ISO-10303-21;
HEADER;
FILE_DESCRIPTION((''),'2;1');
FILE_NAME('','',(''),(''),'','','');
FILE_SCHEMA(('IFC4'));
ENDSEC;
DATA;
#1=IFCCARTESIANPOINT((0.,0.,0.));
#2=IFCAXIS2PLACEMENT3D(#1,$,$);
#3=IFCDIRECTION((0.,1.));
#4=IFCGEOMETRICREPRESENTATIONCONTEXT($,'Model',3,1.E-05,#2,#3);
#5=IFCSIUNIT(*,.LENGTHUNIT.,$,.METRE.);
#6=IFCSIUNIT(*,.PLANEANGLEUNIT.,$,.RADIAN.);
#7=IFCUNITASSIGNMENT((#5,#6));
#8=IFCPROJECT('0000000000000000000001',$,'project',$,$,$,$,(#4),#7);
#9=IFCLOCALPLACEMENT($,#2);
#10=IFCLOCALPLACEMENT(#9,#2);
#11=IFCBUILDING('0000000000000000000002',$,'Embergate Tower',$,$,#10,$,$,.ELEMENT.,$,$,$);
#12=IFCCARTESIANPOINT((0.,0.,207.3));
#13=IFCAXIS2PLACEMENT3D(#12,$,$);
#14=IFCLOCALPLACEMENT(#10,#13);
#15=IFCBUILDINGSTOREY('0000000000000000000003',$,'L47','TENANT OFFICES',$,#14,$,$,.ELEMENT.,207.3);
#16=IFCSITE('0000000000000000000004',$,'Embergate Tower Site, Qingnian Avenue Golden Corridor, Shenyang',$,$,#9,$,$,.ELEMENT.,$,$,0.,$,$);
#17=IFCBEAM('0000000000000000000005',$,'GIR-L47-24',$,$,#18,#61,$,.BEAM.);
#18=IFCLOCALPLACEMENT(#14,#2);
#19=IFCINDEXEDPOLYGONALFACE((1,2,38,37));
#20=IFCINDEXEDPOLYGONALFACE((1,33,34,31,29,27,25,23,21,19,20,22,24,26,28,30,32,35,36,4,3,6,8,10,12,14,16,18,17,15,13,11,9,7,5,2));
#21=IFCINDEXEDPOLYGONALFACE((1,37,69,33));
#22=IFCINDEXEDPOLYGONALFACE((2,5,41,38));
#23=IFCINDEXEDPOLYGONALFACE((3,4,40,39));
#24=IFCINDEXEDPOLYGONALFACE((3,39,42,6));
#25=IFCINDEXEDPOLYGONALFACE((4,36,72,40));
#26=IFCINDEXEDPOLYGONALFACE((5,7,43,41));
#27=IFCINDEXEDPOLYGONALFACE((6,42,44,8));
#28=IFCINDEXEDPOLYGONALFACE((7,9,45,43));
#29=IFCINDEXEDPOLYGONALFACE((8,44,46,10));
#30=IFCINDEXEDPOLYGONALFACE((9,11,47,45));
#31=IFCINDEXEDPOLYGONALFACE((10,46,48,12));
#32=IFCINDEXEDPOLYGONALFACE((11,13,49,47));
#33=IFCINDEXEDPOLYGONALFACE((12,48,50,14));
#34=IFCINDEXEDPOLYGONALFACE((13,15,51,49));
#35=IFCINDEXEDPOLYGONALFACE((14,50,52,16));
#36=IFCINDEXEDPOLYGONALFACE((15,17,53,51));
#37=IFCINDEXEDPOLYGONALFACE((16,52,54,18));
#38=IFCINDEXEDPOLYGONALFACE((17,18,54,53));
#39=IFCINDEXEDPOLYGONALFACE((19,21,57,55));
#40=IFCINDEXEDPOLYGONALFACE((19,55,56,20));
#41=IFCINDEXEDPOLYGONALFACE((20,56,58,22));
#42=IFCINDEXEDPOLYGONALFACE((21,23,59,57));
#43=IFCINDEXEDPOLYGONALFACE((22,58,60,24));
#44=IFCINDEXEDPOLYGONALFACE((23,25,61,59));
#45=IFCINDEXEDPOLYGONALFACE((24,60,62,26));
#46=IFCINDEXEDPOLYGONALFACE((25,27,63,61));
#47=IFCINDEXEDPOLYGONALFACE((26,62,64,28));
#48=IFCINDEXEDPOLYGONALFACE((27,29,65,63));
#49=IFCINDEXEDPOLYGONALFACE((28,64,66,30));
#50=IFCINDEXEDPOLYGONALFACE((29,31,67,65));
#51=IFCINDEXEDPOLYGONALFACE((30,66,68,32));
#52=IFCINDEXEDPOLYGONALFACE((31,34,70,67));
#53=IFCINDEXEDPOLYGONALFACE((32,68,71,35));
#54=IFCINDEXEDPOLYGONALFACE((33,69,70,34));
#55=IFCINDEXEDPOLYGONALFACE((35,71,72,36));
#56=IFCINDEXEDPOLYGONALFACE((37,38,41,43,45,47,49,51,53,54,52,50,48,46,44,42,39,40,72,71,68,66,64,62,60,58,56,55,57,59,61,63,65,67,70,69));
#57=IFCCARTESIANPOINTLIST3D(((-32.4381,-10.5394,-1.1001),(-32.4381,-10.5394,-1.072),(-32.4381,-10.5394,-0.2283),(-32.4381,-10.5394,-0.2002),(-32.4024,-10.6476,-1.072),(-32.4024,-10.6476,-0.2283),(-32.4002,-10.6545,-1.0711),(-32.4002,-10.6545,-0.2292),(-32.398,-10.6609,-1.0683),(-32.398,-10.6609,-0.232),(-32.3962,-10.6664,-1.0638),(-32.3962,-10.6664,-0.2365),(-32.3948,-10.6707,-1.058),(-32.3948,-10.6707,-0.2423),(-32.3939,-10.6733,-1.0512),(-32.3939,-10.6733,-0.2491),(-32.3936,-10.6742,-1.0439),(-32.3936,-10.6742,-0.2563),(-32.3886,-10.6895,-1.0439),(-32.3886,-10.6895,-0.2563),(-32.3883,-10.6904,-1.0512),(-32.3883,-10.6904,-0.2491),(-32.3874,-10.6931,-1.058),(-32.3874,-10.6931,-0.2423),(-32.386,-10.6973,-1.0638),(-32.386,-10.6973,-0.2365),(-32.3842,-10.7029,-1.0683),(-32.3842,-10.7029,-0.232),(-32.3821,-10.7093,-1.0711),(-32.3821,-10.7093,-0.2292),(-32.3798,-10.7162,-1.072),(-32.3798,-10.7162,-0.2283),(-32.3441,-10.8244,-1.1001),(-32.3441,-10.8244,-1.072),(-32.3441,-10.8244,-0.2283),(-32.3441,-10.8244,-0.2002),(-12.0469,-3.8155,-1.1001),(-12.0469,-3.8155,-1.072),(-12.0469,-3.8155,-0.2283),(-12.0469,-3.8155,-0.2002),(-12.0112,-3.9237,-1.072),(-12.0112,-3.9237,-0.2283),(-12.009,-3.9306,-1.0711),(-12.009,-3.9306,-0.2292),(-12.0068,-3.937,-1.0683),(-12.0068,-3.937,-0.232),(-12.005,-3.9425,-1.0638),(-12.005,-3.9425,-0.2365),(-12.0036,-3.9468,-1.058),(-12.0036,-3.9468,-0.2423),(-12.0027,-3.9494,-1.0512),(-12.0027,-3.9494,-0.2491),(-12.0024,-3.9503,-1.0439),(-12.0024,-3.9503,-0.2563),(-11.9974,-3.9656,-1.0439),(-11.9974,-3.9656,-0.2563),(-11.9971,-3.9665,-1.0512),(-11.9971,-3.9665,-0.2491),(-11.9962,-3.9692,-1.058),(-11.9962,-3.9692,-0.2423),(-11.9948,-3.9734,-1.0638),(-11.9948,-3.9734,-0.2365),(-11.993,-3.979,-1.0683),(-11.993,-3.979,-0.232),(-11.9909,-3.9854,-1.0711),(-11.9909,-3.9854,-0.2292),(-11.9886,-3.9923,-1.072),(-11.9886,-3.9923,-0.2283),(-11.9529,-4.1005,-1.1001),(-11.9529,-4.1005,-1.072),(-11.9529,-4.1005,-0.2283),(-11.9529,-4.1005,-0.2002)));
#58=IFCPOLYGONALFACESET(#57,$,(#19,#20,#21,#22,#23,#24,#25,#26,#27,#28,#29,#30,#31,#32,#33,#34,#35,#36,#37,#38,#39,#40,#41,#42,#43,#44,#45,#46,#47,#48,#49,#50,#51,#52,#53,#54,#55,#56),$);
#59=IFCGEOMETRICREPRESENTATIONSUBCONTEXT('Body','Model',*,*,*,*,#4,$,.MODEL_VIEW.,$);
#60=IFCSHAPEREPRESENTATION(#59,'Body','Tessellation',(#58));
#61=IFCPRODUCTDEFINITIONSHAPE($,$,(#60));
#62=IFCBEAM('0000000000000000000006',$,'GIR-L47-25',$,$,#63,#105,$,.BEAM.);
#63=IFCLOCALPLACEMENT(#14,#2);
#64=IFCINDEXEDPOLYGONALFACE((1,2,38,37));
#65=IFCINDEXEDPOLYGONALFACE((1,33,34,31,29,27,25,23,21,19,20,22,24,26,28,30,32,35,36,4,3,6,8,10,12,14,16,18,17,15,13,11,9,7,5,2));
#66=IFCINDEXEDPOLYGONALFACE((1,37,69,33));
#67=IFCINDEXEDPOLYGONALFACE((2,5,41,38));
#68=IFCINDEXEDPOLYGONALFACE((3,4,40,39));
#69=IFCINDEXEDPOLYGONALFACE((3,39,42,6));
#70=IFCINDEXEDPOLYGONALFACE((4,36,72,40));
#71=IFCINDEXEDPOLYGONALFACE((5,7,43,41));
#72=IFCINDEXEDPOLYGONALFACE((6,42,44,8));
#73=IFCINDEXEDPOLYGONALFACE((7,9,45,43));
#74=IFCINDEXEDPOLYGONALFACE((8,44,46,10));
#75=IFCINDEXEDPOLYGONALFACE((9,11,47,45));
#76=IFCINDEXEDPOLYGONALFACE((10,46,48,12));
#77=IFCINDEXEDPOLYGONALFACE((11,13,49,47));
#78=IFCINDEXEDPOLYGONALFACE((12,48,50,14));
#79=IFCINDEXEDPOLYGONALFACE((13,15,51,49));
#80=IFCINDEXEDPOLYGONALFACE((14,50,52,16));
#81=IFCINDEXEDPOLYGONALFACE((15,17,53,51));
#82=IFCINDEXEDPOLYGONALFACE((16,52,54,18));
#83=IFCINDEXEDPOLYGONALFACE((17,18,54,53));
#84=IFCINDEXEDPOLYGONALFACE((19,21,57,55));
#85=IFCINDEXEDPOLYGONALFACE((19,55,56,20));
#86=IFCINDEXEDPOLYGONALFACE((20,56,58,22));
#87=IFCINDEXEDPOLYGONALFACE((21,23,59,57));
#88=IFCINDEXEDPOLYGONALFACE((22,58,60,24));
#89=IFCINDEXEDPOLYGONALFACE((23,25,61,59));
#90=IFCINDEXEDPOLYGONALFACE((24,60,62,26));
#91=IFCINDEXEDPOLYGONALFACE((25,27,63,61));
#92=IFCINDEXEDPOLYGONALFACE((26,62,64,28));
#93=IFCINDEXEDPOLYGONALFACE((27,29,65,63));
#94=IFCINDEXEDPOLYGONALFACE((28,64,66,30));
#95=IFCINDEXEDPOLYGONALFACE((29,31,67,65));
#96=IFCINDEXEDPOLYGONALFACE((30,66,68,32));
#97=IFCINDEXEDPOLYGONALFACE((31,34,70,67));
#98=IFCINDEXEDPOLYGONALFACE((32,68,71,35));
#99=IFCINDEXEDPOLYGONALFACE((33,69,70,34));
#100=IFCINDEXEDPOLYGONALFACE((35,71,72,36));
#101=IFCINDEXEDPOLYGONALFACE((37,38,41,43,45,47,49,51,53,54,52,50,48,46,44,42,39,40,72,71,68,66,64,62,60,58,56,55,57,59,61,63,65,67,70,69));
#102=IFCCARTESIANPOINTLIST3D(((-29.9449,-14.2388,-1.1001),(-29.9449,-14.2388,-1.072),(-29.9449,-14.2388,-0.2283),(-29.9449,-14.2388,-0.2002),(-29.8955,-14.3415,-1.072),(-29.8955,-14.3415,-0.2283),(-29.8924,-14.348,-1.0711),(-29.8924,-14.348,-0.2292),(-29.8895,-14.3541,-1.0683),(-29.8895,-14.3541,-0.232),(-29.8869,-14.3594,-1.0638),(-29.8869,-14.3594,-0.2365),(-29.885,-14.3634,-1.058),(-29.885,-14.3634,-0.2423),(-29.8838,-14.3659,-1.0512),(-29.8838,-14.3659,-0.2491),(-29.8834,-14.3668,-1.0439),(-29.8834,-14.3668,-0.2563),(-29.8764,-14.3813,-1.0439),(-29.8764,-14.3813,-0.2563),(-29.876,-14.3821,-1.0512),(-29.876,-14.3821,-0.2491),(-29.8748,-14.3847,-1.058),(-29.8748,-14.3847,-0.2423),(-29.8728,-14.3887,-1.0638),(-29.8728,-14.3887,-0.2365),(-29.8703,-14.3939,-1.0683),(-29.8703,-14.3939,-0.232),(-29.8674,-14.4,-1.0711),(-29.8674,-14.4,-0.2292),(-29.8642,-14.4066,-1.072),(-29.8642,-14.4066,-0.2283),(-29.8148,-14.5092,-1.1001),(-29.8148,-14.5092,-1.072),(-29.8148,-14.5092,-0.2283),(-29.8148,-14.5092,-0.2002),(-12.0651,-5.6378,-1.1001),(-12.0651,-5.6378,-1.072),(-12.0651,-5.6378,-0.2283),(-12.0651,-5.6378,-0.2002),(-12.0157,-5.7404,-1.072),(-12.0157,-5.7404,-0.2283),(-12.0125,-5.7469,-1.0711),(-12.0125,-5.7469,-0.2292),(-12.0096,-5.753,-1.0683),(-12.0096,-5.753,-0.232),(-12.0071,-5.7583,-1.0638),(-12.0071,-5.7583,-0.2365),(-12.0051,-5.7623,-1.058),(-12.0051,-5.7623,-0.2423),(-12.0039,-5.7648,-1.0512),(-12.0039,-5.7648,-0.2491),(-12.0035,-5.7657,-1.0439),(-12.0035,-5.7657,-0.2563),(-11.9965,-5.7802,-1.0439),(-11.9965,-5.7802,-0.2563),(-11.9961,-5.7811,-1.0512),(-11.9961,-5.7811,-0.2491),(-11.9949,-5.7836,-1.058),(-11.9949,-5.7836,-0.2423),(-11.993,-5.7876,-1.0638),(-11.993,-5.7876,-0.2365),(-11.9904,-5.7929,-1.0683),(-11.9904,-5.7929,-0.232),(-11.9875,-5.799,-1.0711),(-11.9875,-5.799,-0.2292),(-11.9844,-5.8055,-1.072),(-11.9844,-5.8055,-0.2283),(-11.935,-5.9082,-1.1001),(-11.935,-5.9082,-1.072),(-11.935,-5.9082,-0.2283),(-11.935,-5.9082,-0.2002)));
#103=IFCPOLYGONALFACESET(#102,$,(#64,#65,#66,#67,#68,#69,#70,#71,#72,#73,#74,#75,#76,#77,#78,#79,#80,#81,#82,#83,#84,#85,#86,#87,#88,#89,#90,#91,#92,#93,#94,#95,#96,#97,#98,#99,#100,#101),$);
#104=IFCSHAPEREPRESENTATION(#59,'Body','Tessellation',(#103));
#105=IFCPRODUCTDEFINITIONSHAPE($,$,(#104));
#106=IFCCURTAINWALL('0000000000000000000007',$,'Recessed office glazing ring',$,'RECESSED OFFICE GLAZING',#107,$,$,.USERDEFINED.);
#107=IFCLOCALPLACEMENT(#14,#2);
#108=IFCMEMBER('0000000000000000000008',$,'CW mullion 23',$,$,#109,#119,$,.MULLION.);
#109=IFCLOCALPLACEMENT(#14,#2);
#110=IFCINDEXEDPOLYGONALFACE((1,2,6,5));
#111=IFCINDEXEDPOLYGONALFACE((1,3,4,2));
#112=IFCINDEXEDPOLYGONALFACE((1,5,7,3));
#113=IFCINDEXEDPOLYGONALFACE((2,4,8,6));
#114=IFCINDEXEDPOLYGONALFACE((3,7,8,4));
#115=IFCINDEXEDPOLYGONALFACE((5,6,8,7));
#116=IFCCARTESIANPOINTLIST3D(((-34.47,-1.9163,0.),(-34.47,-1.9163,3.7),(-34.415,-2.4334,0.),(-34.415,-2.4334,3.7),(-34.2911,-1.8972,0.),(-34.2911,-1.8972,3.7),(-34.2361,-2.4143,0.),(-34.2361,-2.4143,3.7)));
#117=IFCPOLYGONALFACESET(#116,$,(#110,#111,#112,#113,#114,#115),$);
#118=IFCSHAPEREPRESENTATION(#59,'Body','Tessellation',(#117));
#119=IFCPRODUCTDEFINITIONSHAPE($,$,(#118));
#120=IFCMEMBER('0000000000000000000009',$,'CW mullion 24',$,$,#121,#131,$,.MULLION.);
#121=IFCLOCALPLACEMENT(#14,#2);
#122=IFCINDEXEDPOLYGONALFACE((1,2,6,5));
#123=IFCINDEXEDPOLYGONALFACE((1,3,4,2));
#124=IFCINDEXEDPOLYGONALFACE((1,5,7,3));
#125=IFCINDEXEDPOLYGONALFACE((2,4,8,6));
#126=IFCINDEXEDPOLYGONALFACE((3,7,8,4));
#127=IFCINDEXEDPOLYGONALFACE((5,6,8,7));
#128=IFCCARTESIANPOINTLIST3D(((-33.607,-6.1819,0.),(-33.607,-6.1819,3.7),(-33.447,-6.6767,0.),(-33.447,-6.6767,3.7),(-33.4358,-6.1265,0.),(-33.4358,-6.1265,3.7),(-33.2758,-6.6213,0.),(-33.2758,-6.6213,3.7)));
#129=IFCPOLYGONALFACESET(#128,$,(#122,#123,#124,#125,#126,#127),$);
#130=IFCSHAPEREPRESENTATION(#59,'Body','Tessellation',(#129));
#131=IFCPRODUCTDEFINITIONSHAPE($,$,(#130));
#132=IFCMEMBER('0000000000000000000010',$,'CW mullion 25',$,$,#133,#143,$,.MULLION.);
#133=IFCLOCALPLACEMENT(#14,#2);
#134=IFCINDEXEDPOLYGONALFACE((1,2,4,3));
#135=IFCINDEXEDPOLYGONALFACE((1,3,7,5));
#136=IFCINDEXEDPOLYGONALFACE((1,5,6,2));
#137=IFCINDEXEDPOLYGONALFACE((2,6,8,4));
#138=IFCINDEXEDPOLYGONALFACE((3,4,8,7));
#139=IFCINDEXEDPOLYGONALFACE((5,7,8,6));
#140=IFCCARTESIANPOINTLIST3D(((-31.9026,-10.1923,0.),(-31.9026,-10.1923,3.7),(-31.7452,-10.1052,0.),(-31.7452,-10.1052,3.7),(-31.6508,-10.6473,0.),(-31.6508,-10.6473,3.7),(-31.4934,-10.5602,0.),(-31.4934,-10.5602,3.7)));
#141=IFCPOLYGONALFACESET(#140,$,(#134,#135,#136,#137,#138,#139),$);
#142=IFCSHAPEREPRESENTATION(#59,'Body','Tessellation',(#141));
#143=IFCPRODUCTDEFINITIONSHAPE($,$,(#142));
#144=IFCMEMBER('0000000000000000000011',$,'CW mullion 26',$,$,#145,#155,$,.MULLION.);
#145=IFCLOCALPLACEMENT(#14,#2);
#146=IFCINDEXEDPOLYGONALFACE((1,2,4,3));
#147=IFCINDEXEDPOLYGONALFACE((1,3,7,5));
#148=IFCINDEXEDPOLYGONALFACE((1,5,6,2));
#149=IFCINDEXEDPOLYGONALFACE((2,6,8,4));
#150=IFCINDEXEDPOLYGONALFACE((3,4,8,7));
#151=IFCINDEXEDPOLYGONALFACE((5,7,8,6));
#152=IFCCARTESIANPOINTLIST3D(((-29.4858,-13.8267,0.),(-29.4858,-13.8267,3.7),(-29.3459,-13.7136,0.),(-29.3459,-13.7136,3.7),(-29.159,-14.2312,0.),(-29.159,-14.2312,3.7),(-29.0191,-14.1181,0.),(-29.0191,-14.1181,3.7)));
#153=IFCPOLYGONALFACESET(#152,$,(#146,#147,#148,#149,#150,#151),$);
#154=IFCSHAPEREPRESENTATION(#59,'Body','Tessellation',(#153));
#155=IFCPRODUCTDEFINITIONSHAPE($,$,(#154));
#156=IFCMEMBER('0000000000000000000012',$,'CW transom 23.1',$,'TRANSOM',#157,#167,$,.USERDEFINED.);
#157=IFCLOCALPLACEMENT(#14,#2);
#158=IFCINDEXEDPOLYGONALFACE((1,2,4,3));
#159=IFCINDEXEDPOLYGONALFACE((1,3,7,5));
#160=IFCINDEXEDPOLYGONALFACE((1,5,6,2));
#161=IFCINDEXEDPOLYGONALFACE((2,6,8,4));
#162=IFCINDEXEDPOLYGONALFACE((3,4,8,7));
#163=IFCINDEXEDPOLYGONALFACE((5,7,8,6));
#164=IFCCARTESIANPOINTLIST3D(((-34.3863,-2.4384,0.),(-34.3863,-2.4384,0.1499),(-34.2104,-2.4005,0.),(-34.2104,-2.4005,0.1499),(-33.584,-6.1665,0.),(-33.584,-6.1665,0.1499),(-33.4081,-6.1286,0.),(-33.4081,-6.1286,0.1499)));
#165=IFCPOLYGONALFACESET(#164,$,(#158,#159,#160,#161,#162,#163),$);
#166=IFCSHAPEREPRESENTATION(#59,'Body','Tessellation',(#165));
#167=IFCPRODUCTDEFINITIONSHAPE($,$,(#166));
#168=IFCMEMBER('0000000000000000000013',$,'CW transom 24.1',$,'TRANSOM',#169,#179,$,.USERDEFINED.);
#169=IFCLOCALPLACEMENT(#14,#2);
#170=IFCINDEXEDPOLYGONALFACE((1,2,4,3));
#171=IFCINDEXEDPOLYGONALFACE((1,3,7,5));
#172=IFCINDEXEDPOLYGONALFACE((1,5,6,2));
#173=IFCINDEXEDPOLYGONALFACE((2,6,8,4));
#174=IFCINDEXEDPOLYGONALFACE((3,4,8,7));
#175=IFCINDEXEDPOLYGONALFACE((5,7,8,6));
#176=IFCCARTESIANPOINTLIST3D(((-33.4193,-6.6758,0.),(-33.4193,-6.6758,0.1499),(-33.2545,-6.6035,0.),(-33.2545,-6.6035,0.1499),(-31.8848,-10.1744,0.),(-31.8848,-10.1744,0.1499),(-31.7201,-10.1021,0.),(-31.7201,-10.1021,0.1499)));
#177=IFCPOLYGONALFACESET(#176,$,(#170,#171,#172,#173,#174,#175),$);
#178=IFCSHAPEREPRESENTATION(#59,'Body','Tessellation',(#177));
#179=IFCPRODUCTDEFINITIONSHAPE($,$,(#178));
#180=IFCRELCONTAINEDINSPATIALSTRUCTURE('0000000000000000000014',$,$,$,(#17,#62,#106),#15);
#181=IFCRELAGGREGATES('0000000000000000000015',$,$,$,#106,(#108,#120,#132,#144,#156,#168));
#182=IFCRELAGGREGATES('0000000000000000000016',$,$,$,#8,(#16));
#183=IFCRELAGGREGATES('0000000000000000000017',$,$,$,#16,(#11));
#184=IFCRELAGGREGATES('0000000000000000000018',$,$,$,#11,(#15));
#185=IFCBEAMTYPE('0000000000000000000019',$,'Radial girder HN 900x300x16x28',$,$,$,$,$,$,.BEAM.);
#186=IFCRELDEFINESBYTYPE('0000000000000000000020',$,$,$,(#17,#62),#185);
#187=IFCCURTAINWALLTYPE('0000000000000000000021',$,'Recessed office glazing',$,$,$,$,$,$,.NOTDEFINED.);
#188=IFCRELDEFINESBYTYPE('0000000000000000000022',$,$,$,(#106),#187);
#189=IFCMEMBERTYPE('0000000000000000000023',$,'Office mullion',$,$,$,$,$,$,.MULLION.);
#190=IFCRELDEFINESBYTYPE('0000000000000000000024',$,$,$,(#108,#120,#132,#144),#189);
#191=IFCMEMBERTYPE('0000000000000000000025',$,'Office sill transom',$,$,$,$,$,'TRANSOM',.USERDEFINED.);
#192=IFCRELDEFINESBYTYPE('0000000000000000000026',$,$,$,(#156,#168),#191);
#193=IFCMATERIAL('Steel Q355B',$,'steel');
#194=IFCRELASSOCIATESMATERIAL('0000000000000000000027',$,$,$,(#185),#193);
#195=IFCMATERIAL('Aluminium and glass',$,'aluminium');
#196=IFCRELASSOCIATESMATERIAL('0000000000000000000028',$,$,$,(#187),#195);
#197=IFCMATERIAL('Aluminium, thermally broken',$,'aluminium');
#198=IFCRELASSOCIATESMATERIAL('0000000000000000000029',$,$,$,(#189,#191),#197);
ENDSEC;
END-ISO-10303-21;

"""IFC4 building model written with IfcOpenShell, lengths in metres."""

from ifc_helpers import new_model, si_unit, direction, frame, origin, origin_2d, place, context, subcontext, project, spatial, rectangle, i_section, extrude, source, transform, mapped, material, material_profile, profile_set, type_object, element, aggregate, save


model = new_model("IFC4")

# Units and contexts
model_context = context("Model", 3, precision=1e-05, world=origin(), true_north=direction((0.0, 1.0)))
body_context = subcontext(model_context, "Body", "Model", "MODEL_VIEW")
ifc_project = project(units=[si_unit("LENGTHUNIT", "METRE"), si_unit("PLANEANGLEUNIT", "RADIAN")], contexts=[model_context])

# Site, building, storey
site_placement = place(None, origin())
site = spatial("IfcSite", under=ifc_project, at=site_placement, Name="Embergate Tower Site, Qingnian Avenue Golden Corridor, Shenyang", CompositionType="ELEMENT", RefElevation=0.0)
building_placement = place(site_placement, origin())
building = spatial("IfcBuilding", under=site, at=building_placement, Name="Embergate Tower", CompositionType="ELEMENT")
storey_placement = place(building_placement, frame((0.0, 0.0, 207.3)))
storey = spatial("IfcBuildingStorey", under=building, at=storey_placement, Name="L47", Description="TENANT OFFICES", CompositionType="ELEMENT", Elevation=207.3)

# Beams
ifc_material_1 = material(Name="Steel Q355B", Category="steel")
ifc_material_profile_1 = material_profile(ifc_material_1, i_section(OverallWidth=0.3, OverallDepth=0.8999, WebThickness=0.0161, FlangeThickness=0.0281, FilletRadius=0.0281, at=origin_2d()), Name="HN 900x300x16x28")
ifc_profile_set_1 = profile_set([ifc_material_profile_1], Name="Steel Q355 grade B")
beam_type_1 = type_object("IfcBeamType", Name="Radial girder HN 900x300x16x28", PredefinedType="BEAM", material=ifc_profile_set_1)
shared_shape_1 = source(origin(), body_context, "Body", "SweptSolid", [
    extrude(i_section(OverallWidth=0.3, OverallDepth=0.8999, WebThickness=0.0161, FlangeThickness=0.0281, FilletRadius=0.0281, at=origin_2d()), origin(), (0.0, 0.0, 1.0), 21.4712),
])
beam_1_placement = place(storey_placement, frame((-32.3911, -10.6819, -0.6501), z_axis=(0.949701, 0.313159, 0.0), x_axis=(-0.313159, 0.949701, 0.0)))
element("IfcBeam", 1, at=beam_1_placement, inside=storey, type_object=beam_type_1, Name="GIR-L47-24", PredefinedType="BEAM", context=body_context, shape_type="MappedRepresentation", body=[
    mapped(shared_shape_1, transform((0.0, 0.0, 0.0))),
])
shared_shape_2 = source(origin(), body_context, "Body", "SweptSolid", [
    extrude(i_section(OverallWidth=0.3, OverallDepth=0.8999, WebThickness=0.0161, FlangeThickness=0.0281, FilletRadius=0.0281, at=origin_2d()), origin(), (0.0, 0.0, 1.0), 19.8411),
])
beam_2_placement = place(storey_placement, frame((-29.8799, -14.374, -0.6501), z_axis=(0.901154, 0.433498, 0.0), x_axis=(-0.433498, 0.901154, 0.0)))
element("IfcBeam", 2, at=beam_2_placement, inside=storey, type_object=beam_type_1, Name="GIR-L47-25", PredefinedType="BEAM", context=body_context, shape_type="MappedRepresentation", body=[
    mapped(shared_shape_2, transform((0.0, 0.0, 0.0))),
])

# Curtain wall, members
ifc_material_2 = material(Name="Aluminium and glass", Category="aluminium")
curtain_wall_type = type_object("IfcCurtainWallType", Name="Recessed office glazing", PredefinedType="NOTDEFINED", material=ifc_material_2)
curtain_wall_placement = place(storey_placement, origin())
curtain_wall = element("IfcCurtainWall", 3, at=curtain_wall_placement, inside=storey, type_object=curtain_wall_type, Name="Recessed office glazing ring", ObjectType="RECESSED OFFICE GLAZING", PredefinedType="USERDEFINED")
ifc_material_3 = material(Name="Aluminium, thermally broken", Category="aluminium")
ifc_material_profile_2 = material_profile(ifc_material_3, rectangle(XDim=0.1799, YDim=0.52, at=origin_2d()), Name="AL 520x180")
ifc_profile_set_2 = profile_set([ifc_material_profile_2], Name="Aluminium, thermally broken")
member_type_1 = type_object("IfcMemberType", Name="Office mullion", PredefinedType="MULLION", material=ifc_profile_set_2)
shared_shape_3 = source(origin(), body_context, "Body", "SweptSolid", [
    extrude(rectangle(XDim=0.1799, YDim=0.52, at=origin_2d()), origin(), (0.0, 0.0, 1.0), 3.7),
])
member_1_placement = place(storey_placement, frame((-34.353, -2.1653, 0.0), z_axis=(0.0, 0.0, 1.0), x_axis=(0.994385, 0.105823, 0.0)))
member_1 = element("IfcMember", 4, at=member_1_placement, type_object=member_type_1, Name="CW mullion 23", PredefinedType="MULLION", context=body_context, shape_type="MappedRepresentation", body=[
    mapped(shared_shape_3, transform((0.0, 0.0, 0.0))),
])
member_2_placement = place(storey_placement, frame((-33.4414, -6.4016, 0.0), z_axis=(0.0, 0.0, 1.0), x_axis=(0.951498, 0.307656, 0.0)))
member_2 = element("IfcMember", 5, at=member_2_placement, type_object=member_type_1, Name="CW mullion 24", PredefinedType="MULLION", context=body_context, shape_type="MappedRepresentation", body=[
    mapped(shared_shape_3, transform((0.0, 0.0, 0.0))),
])
member_3_placement = place(storey_placement, frame((-31.698, -10.3762, 0.0), z_axis=(0.0, 0.0, 1.0), x_axis=(0.875003, 0.484118, 0.0)))
member_3 = element("IfcMember", 6, at=member_3_placement, type_object=member_type_1, Name="CW mullion 25", PredefinedType="MULLION", context=body_context, shape_type="MappedRepresentation", body=[
    mapped(shared_shape_3, transform((0.0, 0.0, 0.0))),
])
member_4_placement = place(storey_placement, frame((-29.2524, -13.9724, 0.0), z_axis=(0.0, 0.0, 1.0), x_axis=(0.777875, 0.628419, 0.0)))
member_4 = element("IfcMember", 7, at=member_4_placement, type_object=member_type_1, Name="CW mullion 26", PredefinedType="MULLION", context=body_context, shape_type="MappedRepresentation", body=[
    mapped(shared_shape_3, transform((0.0, 0.0, 0.0))),
])
ifc_material_profile_3 = material_profile(ifc_material_3, rectangle(XDim=0.1799, YDim=0.1499, at=origin_2d()), Name="AL 150x180")
ifc_profile_set_3 = profile_set([ifc_material_profile_3], Name="Aluminium, thermally broken")
member_type_2 = type_object("IfcMemberType", Name="Office sill transom", ElementType="TRANSOM", PredefinedType="USERDEFINED", material=ifc_profile_set_3)
shared_shape_4 = source(origin(), body_context, "Body", "SweptSolid", [
    extrude(rectangle(XDim=0.1799, YDim=0.1499, at=origin_2d()), origin(), (0.0, 0.0, 1.0), 3.8135),
])
member_5_placement = place(storey_placement, frame((-34.2983, -2.4194, 0.075), z_axis=(0.210377, -0.97762, 0.0), x_axis=(0.97762, 0.210377, 0.0)))
member_5 = element("IfcMember", 8, at=member_5_placement, type_object=member_type_2, Name="CW transom 23.1", ObjectType="TRANSOM", PredefinedType="USERDEFINED", context=body_context, shape_type="MappedRepresentation", body=[
    mapped(shared_shape_4, transform((0.0, 0.0, 0.0))),
])
shared_shape_5 = source(origin(), body_context, "Body", "SweptSolid", [
    extrude(rectangle(XDim=0.1799, YDim=0.1499, at=origin_2d()), origin(), (0.0, 0.0, 1.0), 3.8203),
])
member_6_placement = place(storey_placement, frame((-33.3369, -6.6396, 0.075), z_axis=(0.401657, -0.91579, 0.0), x_axis=(0.91579, 0.401657, 0.0)))
member_6 = element("IfcMember", 9, at=member_6_placement, type_object=member_type_2, Name="CW transom 24.1", ObjectType="TRANSOM", PredefinedType="USERDEFINED", context=body_context, shape_type="MappedRepresentation", body=[
    mapped(shared_shape_5, transform((0.0, 0.0, 0.0))),
])
aggregate(curtain_wall, [member_1, member_2, member_3, member_4, member_5, member_6])

save(model, "model.ifc")
